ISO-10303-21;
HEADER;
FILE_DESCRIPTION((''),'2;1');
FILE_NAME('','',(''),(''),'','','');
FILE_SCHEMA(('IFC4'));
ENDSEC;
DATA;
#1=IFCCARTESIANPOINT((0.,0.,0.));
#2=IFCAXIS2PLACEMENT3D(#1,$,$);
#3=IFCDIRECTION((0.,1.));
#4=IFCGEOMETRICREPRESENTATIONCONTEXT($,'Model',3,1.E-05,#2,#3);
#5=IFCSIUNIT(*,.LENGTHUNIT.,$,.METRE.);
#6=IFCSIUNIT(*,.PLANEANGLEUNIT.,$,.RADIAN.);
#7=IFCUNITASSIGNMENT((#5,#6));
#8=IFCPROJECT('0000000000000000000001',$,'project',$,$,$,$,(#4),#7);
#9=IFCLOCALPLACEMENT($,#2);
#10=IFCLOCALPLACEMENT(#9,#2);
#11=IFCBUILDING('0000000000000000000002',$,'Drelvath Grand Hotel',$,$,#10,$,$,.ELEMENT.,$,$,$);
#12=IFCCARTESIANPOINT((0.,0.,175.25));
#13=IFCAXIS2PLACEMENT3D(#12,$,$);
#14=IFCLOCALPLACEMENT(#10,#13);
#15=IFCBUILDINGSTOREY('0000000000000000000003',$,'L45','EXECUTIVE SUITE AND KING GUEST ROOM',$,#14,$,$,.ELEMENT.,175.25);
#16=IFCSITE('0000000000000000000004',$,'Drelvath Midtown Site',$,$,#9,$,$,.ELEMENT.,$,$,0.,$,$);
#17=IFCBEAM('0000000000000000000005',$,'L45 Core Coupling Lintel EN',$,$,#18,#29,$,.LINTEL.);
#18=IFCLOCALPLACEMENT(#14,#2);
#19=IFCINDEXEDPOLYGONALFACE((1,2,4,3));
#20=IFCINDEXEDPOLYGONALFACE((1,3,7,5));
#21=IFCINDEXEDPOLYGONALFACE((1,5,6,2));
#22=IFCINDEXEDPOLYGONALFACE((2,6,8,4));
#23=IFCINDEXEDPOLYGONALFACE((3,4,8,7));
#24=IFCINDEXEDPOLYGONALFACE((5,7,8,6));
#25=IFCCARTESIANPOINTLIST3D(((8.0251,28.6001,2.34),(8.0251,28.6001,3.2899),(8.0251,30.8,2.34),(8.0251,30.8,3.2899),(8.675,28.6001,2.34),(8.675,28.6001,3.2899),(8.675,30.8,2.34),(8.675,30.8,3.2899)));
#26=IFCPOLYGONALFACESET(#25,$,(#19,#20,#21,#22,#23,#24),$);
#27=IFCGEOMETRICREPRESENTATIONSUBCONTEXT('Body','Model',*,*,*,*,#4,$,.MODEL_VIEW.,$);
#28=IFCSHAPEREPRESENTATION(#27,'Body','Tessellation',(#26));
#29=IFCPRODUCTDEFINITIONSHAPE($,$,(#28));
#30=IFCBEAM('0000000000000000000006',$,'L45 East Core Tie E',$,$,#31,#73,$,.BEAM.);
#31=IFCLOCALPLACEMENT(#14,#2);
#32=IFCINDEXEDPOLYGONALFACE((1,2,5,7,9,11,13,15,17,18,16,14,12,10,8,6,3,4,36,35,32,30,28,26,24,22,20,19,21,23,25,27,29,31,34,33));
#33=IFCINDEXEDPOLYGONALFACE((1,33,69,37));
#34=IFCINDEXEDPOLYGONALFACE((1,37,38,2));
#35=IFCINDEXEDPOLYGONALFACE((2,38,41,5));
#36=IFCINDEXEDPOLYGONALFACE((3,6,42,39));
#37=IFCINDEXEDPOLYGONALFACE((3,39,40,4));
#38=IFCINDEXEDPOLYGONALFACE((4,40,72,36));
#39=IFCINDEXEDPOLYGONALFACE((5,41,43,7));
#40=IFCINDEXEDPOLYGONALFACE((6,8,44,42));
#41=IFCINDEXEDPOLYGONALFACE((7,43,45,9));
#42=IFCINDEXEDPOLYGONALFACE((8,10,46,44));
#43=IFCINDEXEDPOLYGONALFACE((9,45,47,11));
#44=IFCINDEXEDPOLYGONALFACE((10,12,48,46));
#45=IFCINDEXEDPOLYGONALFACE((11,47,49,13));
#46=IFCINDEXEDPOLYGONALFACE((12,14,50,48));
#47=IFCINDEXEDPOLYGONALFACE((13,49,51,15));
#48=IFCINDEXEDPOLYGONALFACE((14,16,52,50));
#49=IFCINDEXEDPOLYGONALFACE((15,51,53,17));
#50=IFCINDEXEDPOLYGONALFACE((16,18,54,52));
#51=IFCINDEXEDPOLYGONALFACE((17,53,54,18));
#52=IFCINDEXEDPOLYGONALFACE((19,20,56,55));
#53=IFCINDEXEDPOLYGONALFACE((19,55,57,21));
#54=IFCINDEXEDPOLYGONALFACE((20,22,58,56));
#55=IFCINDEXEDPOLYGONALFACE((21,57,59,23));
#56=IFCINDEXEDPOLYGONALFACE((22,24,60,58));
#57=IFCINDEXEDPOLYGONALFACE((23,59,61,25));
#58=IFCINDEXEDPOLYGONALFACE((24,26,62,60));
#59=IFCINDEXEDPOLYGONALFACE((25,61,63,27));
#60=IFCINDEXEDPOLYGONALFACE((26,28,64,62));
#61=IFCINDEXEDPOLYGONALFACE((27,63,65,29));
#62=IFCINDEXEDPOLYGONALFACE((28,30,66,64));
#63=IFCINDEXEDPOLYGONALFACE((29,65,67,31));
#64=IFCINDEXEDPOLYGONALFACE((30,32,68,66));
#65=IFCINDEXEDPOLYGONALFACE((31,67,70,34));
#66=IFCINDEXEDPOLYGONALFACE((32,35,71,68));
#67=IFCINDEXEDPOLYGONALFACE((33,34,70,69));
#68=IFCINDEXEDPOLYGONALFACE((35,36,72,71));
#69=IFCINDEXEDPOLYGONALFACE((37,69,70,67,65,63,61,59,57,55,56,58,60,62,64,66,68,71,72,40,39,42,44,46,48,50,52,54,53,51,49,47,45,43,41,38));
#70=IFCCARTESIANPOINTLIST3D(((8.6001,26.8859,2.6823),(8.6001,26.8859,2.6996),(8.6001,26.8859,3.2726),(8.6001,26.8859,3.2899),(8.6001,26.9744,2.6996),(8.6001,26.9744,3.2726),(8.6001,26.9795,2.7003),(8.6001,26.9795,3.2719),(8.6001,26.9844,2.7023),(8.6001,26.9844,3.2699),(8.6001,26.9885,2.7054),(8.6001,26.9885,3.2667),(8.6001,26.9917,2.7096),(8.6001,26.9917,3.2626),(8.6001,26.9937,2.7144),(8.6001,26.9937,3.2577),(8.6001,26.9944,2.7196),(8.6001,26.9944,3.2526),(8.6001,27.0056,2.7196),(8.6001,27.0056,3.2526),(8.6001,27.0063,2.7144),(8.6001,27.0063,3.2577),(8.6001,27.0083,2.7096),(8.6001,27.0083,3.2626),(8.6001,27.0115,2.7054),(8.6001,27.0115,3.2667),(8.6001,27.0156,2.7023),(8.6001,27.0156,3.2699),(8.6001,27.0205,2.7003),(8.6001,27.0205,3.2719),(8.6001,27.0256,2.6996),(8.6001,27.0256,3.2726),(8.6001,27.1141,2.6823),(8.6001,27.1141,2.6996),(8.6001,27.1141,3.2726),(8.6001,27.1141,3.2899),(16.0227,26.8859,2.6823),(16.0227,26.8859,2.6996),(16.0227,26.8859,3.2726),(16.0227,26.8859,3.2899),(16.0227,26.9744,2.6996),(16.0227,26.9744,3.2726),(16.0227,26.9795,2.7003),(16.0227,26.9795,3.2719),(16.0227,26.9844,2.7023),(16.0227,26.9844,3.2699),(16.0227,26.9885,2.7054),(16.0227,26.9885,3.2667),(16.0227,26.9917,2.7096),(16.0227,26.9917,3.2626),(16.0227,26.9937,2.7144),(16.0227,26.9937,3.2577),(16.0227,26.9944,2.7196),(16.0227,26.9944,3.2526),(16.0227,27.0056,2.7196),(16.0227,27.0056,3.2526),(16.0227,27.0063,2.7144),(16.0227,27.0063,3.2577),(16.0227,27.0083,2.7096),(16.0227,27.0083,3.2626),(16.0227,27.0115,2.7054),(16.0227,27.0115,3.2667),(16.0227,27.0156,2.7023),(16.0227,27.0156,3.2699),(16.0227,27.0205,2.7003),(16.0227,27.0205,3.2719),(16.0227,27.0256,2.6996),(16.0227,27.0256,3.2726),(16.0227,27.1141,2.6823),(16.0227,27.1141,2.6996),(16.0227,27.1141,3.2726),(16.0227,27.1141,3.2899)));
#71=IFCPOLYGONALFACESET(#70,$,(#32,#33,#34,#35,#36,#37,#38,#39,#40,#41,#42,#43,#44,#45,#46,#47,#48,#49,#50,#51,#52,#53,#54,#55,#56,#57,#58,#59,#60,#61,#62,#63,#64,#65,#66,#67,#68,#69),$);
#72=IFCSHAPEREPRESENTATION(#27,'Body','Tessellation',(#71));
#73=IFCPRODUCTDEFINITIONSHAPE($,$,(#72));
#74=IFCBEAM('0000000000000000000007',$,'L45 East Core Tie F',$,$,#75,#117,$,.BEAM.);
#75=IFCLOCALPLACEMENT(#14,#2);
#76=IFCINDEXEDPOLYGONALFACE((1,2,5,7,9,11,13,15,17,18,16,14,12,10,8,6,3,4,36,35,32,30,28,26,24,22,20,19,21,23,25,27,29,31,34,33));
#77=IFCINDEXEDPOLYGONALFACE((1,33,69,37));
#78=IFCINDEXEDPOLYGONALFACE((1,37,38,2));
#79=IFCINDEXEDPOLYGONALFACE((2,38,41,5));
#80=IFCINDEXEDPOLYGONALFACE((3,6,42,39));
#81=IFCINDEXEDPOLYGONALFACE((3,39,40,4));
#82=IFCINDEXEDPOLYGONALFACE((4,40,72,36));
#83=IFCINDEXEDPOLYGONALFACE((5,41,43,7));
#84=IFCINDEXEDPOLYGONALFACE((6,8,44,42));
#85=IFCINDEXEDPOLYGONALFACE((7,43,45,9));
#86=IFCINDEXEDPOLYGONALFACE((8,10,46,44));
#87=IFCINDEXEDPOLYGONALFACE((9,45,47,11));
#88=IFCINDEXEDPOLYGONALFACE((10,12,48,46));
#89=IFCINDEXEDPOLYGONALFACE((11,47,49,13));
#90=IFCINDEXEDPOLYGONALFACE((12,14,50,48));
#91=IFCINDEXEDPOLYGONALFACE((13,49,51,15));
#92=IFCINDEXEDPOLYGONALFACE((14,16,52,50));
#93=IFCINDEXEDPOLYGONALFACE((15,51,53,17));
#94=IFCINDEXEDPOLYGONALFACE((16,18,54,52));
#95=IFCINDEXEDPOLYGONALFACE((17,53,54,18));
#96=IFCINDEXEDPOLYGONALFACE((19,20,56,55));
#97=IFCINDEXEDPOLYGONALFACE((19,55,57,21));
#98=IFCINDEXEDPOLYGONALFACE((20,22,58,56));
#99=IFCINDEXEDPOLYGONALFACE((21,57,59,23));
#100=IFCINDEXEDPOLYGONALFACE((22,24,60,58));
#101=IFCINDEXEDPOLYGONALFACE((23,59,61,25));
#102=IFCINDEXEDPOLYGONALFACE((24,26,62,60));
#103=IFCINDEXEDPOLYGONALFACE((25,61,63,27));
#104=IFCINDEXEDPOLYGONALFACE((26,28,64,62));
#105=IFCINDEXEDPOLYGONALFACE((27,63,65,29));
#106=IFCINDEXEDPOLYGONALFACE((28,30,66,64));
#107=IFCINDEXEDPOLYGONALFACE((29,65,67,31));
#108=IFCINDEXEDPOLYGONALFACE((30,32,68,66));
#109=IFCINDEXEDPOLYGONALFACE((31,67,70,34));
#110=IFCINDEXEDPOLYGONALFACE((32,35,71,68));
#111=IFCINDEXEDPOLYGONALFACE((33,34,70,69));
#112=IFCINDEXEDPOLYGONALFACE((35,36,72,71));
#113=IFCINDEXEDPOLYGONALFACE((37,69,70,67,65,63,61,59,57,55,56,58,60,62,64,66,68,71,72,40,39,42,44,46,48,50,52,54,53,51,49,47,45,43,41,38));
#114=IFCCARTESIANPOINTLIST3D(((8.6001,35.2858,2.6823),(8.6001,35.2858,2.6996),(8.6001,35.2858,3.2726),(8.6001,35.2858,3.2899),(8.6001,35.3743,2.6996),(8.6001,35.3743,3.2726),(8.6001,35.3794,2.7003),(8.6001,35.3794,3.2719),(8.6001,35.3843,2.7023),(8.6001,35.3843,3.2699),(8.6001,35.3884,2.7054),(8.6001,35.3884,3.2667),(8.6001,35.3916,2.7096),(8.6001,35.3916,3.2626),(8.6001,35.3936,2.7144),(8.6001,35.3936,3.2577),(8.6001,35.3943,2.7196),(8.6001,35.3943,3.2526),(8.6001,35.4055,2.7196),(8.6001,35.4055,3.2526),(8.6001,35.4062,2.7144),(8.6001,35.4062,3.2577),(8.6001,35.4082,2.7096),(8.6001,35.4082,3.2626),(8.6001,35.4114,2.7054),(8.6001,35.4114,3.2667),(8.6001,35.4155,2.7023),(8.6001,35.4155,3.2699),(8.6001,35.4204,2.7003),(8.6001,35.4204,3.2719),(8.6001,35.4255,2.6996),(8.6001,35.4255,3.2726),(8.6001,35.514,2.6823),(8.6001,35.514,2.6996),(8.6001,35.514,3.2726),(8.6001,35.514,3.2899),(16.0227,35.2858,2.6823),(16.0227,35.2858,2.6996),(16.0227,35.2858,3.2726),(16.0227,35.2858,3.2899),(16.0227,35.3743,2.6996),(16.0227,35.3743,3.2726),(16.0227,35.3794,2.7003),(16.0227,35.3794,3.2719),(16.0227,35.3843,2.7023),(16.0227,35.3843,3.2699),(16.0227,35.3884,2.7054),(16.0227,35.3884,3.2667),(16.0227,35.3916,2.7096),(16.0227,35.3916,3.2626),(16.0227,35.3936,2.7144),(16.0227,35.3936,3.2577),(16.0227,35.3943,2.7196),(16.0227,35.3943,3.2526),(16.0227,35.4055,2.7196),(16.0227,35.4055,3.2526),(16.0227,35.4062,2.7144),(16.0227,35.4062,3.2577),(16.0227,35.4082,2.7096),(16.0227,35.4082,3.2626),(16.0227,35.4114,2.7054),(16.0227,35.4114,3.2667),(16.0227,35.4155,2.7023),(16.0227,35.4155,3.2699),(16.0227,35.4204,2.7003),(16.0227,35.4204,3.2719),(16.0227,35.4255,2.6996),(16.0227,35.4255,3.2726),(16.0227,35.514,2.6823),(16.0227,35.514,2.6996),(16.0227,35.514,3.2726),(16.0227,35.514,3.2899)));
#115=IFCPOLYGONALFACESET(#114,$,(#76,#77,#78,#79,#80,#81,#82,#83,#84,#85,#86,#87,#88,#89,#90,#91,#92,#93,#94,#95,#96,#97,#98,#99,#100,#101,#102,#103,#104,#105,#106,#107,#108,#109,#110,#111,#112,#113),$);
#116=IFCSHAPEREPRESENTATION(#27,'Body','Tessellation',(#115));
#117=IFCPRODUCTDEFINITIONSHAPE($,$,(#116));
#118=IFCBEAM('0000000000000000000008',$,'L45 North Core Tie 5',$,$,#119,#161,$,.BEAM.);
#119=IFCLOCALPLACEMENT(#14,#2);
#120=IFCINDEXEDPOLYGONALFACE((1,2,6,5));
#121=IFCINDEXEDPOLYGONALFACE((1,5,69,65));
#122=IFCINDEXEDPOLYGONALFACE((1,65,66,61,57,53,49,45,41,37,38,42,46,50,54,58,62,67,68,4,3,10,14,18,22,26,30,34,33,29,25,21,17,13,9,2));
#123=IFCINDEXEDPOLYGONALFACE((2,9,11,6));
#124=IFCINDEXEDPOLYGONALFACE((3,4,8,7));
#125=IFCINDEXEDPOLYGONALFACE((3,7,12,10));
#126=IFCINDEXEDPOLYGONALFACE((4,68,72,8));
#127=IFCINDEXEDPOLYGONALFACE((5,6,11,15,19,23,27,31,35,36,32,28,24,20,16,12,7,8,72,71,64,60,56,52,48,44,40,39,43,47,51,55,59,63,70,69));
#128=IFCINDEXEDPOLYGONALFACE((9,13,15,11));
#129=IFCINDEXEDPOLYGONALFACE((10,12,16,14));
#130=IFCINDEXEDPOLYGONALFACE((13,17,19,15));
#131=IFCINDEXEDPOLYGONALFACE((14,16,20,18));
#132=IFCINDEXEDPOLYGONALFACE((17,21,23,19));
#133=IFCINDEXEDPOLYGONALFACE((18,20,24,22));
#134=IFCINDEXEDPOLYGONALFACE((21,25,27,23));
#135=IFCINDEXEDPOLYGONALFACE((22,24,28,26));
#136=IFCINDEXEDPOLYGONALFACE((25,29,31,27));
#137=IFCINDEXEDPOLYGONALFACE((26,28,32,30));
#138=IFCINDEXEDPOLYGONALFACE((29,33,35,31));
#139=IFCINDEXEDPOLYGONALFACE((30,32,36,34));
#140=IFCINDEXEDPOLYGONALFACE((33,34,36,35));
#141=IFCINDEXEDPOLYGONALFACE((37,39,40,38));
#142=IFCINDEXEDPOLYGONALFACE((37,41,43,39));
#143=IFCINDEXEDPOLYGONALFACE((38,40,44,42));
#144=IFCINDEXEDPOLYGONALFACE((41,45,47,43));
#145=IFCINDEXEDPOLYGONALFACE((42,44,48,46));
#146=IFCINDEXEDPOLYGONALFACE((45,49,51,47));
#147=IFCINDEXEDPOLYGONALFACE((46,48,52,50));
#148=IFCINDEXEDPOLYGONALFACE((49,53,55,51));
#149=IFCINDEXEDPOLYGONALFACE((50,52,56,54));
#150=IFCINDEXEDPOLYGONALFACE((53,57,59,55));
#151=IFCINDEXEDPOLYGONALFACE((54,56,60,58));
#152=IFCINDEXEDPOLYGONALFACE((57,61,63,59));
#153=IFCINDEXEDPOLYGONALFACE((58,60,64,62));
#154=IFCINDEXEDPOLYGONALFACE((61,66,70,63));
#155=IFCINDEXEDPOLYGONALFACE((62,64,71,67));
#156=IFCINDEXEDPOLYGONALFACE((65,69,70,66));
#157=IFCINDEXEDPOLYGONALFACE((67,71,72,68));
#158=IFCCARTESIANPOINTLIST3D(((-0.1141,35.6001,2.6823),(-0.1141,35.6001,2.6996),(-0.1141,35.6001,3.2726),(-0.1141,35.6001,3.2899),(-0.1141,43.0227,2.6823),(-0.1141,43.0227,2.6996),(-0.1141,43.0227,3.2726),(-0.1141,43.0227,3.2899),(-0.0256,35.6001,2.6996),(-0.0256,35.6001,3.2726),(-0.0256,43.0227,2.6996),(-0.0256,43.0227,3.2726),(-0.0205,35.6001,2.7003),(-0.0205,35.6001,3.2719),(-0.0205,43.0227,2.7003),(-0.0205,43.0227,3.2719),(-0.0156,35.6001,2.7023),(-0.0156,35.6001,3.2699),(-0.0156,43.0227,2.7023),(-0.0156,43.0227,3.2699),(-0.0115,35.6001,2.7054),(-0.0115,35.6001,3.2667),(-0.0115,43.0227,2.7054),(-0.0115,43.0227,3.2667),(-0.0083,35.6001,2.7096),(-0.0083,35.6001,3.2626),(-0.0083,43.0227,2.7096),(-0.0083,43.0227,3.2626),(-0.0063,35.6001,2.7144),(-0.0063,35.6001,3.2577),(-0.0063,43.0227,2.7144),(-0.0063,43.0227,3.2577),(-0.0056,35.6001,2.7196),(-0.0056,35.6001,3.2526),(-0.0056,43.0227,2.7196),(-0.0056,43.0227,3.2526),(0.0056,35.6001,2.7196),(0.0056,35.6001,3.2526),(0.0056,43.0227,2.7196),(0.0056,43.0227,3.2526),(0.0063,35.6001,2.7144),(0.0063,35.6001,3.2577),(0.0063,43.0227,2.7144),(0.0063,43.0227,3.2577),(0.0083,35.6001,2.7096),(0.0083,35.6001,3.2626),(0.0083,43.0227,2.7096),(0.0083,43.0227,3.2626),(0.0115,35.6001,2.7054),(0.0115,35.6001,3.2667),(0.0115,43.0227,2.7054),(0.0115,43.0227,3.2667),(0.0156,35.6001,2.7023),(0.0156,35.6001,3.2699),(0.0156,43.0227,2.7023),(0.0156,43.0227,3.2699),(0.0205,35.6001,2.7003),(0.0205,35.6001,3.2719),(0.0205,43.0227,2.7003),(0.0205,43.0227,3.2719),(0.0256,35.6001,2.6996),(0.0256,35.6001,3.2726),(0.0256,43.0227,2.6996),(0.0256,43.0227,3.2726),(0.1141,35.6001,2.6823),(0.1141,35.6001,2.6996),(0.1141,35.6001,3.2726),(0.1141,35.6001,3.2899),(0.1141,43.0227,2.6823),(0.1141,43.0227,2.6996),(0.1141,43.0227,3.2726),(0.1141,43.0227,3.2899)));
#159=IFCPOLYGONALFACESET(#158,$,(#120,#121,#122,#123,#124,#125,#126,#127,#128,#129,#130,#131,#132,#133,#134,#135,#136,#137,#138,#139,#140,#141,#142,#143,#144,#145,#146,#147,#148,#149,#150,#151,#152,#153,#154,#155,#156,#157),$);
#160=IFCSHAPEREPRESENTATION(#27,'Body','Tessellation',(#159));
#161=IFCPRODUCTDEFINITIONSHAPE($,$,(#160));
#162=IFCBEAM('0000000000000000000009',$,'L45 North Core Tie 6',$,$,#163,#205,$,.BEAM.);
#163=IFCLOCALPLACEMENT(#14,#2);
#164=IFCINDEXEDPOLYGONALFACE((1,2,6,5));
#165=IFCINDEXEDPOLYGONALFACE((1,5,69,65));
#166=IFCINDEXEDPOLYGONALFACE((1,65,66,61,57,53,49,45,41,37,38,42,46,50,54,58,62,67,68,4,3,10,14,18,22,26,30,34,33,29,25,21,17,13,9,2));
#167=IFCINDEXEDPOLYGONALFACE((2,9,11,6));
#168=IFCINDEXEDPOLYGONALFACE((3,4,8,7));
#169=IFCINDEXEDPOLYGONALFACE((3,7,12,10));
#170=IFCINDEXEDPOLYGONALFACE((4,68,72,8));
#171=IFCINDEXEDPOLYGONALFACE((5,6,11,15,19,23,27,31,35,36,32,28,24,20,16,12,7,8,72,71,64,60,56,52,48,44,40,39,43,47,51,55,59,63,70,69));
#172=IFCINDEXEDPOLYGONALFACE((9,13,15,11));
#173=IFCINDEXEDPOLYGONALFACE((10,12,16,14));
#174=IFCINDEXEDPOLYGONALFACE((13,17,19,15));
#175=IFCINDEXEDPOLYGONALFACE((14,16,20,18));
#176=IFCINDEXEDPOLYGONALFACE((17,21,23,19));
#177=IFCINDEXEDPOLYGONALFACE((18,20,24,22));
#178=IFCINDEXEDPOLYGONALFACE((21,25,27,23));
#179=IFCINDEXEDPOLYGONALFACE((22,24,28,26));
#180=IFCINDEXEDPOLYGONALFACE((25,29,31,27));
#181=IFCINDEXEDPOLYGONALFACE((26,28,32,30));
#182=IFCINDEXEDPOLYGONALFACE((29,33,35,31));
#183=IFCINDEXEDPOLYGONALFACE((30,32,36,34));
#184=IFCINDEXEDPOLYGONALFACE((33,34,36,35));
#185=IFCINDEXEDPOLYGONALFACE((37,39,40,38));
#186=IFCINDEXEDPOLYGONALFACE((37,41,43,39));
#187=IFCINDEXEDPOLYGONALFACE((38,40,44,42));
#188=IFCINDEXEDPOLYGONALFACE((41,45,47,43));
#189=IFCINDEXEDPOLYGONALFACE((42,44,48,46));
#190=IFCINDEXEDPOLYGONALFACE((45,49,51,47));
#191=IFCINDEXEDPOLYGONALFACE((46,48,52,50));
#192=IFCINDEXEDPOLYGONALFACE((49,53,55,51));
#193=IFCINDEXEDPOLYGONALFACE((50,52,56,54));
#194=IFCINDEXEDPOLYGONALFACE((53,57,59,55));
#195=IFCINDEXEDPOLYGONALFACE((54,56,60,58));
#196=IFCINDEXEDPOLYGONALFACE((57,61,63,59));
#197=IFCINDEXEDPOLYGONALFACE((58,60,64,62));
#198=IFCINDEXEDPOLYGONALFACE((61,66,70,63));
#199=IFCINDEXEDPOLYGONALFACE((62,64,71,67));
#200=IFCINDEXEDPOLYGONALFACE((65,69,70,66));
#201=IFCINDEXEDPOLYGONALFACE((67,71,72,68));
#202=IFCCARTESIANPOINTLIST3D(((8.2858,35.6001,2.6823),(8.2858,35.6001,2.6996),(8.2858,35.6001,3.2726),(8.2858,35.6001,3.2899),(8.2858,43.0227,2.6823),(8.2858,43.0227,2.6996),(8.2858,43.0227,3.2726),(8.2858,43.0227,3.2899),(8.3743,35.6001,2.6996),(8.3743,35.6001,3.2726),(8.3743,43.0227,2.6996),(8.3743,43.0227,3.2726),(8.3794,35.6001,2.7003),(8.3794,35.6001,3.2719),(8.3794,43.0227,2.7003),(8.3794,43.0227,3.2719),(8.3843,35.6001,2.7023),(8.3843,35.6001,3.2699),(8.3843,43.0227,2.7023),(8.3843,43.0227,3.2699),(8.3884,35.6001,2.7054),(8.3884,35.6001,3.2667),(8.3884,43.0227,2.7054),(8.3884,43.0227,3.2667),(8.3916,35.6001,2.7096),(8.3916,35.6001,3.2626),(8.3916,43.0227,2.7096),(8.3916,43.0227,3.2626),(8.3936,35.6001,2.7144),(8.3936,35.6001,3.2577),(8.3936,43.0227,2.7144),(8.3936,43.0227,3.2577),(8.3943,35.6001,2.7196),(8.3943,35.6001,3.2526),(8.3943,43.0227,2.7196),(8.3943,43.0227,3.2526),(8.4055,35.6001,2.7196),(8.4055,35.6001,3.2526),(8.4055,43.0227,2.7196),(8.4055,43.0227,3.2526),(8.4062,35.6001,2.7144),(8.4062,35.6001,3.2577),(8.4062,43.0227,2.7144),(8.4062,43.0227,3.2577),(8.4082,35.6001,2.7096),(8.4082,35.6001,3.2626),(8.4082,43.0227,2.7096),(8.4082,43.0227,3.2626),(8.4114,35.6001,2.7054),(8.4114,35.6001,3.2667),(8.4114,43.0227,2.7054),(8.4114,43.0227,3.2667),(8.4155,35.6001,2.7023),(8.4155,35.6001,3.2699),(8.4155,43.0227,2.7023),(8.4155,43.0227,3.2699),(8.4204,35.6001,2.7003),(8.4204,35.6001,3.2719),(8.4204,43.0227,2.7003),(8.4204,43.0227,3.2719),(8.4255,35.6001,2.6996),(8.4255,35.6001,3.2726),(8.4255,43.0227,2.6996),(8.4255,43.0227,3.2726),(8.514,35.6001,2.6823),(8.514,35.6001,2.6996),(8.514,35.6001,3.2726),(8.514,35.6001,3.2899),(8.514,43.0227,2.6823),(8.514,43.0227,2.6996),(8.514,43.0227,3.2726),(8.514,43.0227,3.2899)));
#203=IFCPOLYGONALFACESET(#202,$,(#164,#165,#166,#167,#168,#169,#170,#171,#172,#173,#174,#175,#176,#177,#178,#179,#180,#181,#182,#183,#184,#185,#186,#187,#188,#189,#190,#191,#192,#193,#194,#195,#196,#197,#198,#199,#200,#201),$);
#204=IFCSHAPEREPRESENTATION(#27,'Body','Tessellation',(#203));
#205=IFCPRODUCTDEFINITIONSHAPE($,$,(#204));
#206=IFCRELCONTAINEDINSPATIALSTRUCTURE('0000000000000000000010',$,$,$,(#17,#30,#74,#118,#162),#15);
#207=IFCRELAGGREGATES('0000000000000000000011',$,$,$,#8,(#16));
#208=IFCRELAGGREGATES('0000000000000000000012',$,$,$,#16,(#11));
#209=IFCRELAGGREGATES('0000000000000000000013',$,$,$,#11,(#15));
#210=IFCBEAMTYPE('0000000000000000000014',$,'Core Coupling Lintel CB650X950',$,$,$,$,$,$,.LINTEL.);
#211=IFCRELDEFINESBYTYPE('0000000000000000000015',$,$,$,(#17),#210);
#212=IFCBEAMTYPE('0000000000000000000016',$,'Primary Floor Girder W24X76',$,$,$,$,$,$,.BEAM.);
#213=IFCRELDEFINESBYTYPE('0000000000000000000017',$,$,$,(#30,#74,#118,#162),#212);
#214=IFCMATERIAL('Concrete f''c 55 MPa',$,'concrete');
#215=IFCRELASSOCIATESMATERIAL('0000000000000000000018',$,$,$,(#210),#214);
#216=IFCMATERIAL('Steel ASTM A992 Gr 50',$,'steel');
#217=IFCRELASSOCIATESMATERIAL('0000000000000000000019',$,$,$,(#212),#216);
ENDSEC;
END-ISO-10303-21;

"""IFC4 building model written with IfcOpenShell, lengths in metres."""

from ifc_helpers import new_model, si_unit, direction, frame, origin, origin_2d, place, context, subcontext, project, spatial, rectangle, i_section, extrude, material, material_profile, profile_set, type_object, element, save


model = new_model("IFC4")

# Units and contexts
model_context = context("Model", 3, precision=1e-05, world=origin(), true_north=direction((0.0, 1.0)))
body_context = subcontext(model_context, "Body", "Model", "MODEL_VIEW")
ifc_project = project(units=[si_unit("LENGTHUNIT", "METRE"), si_unit("PLANEANGLEUNIT", "RADIAN")], contexts=[model_context])

# Site, building, storey
site_placement = place(None, origin())
site = spatial("IfcSite", under=ifc_project, at=site_placement, Name="Drelvath Midtown Site", CompositionType="ELEMENT", RefElevation=0.0)
building_placement = place(site_placement, origin())
building = spatial("IfcBuilding", under=site, at=building_placement, Name="Drelvath Grand Hotel", CompositionType="ELEMENT")
storey_placement = place(building_placement, frame((0.0, 0.0, 175.25)))
storey = spatial("IfcBuildingStorey", under=building, at=storey_placement, Name="L45", Description="EXECUTIVE SUITE AND KING GUEST ROOM", CompositionType="ELEMENT", Elevation=175.25)

# Beams
ifc_material_1 = material(Name="Concrete f'c 55 MPa", Category="concrete")
ifc_material_profile_1 = material_profile(ifc_material_1, rectangle(XDim=0.6499, YDim=0.95, at=origin_2d()), Name="CB650X950")
ifc_profile_set_1 = profile_set([ifc_material_profile_1], Name="Concrete f'c 55 MPa")
beam_type_1 = type_object("IfcBeamType", Name="Core Coupling Lintel CB650X950", PredefinedType="LINTEL", material=ifc_profile_set_1)
beam_placement = place(storey_placement, frame((8.3501, 28.6001, 2.8149), z_axis=(0.0, 1.0, 0.0), x_axis=(-1.0, 0.0, 0.0)))
element("IfcBeam", 1, at=beam_placement, inside=storey, type_object=beam_type_1, Name="L45 Core Coupling Lintel EN", PredefinedType="LINTEL", context=body_context, shape_type="SweptSolid", body=[
    extrude(rectangle(XDim=0.6499, YDim=0.95, at=origin_2d()), origin(), (0.0, 0.0, 1.0), 2.2),
])
ifc_material_2 = material(Name="Steel ASTM A992 Gr 50", Category="steel")
ifc_material_profile_2 = material_profile(ifc_material_2, i_section(OverallWidth=0.2283, OverallDepth=0.6077, WebThickness=0.0112, FlangeThickness=0.0173, FilletRadius=0.02, at=origin_2d()), Name="W24X76")
ifc_profile_set_2 = profile_set([ifc_material_profile_2], Name="Steel ASTM A992 Gr 50")
beam_type_2 = type_object("IfcBeamType", Name="Primary Floor Girder W24X76", PredefinedType="BEAM", material=ifc_profile_set_2)
for number, where, z_axis, x_axis, name in (
    (2, (8.6001, 27.0, 2.9861), (1.0, 0.0, 0.0), (0.0, 1.0, 0.0), "L45 East Core Tie E"),
    (3, (8.6001, 35.3999, 2.9861), (1.0, 0.0, 0.0), (0.0, 1.0, 0.0), "L45 East Core Tie F"),
    (4, (0.0, 35.6001, 2.9861), (0.0, 1.0, 0.0), (-1.0, 0.0, 0.0), "L45 North Core Tie 5"),
    (5, (8.3999, 35.6001, 2.9861), (0.0, 1.0, 0.0), (-1.0, 0.0, 0.0), "L45 North Core Tie 6"),
):
    element("IfcBeam", number, at=place(storey_placement, frame(where, z_axis=z_axis, x_axis=x_axis)), inside=storey, type_object=beam_type_2, Name=name, PredefinedType="BEAM", context=body_context, shape_type="SweptSolid", body=[
        extrude(i_section(OverallWidth=0.2283, OverallDepth=0.6077, WebThickness=0.0112, FlangeThickness=0.0173, FilletRadius=0.02, at=origin_2d()), origin(), (0.0, 0.0, 1.0), 7.4226),
    ])

save(model, "model.ifc")
